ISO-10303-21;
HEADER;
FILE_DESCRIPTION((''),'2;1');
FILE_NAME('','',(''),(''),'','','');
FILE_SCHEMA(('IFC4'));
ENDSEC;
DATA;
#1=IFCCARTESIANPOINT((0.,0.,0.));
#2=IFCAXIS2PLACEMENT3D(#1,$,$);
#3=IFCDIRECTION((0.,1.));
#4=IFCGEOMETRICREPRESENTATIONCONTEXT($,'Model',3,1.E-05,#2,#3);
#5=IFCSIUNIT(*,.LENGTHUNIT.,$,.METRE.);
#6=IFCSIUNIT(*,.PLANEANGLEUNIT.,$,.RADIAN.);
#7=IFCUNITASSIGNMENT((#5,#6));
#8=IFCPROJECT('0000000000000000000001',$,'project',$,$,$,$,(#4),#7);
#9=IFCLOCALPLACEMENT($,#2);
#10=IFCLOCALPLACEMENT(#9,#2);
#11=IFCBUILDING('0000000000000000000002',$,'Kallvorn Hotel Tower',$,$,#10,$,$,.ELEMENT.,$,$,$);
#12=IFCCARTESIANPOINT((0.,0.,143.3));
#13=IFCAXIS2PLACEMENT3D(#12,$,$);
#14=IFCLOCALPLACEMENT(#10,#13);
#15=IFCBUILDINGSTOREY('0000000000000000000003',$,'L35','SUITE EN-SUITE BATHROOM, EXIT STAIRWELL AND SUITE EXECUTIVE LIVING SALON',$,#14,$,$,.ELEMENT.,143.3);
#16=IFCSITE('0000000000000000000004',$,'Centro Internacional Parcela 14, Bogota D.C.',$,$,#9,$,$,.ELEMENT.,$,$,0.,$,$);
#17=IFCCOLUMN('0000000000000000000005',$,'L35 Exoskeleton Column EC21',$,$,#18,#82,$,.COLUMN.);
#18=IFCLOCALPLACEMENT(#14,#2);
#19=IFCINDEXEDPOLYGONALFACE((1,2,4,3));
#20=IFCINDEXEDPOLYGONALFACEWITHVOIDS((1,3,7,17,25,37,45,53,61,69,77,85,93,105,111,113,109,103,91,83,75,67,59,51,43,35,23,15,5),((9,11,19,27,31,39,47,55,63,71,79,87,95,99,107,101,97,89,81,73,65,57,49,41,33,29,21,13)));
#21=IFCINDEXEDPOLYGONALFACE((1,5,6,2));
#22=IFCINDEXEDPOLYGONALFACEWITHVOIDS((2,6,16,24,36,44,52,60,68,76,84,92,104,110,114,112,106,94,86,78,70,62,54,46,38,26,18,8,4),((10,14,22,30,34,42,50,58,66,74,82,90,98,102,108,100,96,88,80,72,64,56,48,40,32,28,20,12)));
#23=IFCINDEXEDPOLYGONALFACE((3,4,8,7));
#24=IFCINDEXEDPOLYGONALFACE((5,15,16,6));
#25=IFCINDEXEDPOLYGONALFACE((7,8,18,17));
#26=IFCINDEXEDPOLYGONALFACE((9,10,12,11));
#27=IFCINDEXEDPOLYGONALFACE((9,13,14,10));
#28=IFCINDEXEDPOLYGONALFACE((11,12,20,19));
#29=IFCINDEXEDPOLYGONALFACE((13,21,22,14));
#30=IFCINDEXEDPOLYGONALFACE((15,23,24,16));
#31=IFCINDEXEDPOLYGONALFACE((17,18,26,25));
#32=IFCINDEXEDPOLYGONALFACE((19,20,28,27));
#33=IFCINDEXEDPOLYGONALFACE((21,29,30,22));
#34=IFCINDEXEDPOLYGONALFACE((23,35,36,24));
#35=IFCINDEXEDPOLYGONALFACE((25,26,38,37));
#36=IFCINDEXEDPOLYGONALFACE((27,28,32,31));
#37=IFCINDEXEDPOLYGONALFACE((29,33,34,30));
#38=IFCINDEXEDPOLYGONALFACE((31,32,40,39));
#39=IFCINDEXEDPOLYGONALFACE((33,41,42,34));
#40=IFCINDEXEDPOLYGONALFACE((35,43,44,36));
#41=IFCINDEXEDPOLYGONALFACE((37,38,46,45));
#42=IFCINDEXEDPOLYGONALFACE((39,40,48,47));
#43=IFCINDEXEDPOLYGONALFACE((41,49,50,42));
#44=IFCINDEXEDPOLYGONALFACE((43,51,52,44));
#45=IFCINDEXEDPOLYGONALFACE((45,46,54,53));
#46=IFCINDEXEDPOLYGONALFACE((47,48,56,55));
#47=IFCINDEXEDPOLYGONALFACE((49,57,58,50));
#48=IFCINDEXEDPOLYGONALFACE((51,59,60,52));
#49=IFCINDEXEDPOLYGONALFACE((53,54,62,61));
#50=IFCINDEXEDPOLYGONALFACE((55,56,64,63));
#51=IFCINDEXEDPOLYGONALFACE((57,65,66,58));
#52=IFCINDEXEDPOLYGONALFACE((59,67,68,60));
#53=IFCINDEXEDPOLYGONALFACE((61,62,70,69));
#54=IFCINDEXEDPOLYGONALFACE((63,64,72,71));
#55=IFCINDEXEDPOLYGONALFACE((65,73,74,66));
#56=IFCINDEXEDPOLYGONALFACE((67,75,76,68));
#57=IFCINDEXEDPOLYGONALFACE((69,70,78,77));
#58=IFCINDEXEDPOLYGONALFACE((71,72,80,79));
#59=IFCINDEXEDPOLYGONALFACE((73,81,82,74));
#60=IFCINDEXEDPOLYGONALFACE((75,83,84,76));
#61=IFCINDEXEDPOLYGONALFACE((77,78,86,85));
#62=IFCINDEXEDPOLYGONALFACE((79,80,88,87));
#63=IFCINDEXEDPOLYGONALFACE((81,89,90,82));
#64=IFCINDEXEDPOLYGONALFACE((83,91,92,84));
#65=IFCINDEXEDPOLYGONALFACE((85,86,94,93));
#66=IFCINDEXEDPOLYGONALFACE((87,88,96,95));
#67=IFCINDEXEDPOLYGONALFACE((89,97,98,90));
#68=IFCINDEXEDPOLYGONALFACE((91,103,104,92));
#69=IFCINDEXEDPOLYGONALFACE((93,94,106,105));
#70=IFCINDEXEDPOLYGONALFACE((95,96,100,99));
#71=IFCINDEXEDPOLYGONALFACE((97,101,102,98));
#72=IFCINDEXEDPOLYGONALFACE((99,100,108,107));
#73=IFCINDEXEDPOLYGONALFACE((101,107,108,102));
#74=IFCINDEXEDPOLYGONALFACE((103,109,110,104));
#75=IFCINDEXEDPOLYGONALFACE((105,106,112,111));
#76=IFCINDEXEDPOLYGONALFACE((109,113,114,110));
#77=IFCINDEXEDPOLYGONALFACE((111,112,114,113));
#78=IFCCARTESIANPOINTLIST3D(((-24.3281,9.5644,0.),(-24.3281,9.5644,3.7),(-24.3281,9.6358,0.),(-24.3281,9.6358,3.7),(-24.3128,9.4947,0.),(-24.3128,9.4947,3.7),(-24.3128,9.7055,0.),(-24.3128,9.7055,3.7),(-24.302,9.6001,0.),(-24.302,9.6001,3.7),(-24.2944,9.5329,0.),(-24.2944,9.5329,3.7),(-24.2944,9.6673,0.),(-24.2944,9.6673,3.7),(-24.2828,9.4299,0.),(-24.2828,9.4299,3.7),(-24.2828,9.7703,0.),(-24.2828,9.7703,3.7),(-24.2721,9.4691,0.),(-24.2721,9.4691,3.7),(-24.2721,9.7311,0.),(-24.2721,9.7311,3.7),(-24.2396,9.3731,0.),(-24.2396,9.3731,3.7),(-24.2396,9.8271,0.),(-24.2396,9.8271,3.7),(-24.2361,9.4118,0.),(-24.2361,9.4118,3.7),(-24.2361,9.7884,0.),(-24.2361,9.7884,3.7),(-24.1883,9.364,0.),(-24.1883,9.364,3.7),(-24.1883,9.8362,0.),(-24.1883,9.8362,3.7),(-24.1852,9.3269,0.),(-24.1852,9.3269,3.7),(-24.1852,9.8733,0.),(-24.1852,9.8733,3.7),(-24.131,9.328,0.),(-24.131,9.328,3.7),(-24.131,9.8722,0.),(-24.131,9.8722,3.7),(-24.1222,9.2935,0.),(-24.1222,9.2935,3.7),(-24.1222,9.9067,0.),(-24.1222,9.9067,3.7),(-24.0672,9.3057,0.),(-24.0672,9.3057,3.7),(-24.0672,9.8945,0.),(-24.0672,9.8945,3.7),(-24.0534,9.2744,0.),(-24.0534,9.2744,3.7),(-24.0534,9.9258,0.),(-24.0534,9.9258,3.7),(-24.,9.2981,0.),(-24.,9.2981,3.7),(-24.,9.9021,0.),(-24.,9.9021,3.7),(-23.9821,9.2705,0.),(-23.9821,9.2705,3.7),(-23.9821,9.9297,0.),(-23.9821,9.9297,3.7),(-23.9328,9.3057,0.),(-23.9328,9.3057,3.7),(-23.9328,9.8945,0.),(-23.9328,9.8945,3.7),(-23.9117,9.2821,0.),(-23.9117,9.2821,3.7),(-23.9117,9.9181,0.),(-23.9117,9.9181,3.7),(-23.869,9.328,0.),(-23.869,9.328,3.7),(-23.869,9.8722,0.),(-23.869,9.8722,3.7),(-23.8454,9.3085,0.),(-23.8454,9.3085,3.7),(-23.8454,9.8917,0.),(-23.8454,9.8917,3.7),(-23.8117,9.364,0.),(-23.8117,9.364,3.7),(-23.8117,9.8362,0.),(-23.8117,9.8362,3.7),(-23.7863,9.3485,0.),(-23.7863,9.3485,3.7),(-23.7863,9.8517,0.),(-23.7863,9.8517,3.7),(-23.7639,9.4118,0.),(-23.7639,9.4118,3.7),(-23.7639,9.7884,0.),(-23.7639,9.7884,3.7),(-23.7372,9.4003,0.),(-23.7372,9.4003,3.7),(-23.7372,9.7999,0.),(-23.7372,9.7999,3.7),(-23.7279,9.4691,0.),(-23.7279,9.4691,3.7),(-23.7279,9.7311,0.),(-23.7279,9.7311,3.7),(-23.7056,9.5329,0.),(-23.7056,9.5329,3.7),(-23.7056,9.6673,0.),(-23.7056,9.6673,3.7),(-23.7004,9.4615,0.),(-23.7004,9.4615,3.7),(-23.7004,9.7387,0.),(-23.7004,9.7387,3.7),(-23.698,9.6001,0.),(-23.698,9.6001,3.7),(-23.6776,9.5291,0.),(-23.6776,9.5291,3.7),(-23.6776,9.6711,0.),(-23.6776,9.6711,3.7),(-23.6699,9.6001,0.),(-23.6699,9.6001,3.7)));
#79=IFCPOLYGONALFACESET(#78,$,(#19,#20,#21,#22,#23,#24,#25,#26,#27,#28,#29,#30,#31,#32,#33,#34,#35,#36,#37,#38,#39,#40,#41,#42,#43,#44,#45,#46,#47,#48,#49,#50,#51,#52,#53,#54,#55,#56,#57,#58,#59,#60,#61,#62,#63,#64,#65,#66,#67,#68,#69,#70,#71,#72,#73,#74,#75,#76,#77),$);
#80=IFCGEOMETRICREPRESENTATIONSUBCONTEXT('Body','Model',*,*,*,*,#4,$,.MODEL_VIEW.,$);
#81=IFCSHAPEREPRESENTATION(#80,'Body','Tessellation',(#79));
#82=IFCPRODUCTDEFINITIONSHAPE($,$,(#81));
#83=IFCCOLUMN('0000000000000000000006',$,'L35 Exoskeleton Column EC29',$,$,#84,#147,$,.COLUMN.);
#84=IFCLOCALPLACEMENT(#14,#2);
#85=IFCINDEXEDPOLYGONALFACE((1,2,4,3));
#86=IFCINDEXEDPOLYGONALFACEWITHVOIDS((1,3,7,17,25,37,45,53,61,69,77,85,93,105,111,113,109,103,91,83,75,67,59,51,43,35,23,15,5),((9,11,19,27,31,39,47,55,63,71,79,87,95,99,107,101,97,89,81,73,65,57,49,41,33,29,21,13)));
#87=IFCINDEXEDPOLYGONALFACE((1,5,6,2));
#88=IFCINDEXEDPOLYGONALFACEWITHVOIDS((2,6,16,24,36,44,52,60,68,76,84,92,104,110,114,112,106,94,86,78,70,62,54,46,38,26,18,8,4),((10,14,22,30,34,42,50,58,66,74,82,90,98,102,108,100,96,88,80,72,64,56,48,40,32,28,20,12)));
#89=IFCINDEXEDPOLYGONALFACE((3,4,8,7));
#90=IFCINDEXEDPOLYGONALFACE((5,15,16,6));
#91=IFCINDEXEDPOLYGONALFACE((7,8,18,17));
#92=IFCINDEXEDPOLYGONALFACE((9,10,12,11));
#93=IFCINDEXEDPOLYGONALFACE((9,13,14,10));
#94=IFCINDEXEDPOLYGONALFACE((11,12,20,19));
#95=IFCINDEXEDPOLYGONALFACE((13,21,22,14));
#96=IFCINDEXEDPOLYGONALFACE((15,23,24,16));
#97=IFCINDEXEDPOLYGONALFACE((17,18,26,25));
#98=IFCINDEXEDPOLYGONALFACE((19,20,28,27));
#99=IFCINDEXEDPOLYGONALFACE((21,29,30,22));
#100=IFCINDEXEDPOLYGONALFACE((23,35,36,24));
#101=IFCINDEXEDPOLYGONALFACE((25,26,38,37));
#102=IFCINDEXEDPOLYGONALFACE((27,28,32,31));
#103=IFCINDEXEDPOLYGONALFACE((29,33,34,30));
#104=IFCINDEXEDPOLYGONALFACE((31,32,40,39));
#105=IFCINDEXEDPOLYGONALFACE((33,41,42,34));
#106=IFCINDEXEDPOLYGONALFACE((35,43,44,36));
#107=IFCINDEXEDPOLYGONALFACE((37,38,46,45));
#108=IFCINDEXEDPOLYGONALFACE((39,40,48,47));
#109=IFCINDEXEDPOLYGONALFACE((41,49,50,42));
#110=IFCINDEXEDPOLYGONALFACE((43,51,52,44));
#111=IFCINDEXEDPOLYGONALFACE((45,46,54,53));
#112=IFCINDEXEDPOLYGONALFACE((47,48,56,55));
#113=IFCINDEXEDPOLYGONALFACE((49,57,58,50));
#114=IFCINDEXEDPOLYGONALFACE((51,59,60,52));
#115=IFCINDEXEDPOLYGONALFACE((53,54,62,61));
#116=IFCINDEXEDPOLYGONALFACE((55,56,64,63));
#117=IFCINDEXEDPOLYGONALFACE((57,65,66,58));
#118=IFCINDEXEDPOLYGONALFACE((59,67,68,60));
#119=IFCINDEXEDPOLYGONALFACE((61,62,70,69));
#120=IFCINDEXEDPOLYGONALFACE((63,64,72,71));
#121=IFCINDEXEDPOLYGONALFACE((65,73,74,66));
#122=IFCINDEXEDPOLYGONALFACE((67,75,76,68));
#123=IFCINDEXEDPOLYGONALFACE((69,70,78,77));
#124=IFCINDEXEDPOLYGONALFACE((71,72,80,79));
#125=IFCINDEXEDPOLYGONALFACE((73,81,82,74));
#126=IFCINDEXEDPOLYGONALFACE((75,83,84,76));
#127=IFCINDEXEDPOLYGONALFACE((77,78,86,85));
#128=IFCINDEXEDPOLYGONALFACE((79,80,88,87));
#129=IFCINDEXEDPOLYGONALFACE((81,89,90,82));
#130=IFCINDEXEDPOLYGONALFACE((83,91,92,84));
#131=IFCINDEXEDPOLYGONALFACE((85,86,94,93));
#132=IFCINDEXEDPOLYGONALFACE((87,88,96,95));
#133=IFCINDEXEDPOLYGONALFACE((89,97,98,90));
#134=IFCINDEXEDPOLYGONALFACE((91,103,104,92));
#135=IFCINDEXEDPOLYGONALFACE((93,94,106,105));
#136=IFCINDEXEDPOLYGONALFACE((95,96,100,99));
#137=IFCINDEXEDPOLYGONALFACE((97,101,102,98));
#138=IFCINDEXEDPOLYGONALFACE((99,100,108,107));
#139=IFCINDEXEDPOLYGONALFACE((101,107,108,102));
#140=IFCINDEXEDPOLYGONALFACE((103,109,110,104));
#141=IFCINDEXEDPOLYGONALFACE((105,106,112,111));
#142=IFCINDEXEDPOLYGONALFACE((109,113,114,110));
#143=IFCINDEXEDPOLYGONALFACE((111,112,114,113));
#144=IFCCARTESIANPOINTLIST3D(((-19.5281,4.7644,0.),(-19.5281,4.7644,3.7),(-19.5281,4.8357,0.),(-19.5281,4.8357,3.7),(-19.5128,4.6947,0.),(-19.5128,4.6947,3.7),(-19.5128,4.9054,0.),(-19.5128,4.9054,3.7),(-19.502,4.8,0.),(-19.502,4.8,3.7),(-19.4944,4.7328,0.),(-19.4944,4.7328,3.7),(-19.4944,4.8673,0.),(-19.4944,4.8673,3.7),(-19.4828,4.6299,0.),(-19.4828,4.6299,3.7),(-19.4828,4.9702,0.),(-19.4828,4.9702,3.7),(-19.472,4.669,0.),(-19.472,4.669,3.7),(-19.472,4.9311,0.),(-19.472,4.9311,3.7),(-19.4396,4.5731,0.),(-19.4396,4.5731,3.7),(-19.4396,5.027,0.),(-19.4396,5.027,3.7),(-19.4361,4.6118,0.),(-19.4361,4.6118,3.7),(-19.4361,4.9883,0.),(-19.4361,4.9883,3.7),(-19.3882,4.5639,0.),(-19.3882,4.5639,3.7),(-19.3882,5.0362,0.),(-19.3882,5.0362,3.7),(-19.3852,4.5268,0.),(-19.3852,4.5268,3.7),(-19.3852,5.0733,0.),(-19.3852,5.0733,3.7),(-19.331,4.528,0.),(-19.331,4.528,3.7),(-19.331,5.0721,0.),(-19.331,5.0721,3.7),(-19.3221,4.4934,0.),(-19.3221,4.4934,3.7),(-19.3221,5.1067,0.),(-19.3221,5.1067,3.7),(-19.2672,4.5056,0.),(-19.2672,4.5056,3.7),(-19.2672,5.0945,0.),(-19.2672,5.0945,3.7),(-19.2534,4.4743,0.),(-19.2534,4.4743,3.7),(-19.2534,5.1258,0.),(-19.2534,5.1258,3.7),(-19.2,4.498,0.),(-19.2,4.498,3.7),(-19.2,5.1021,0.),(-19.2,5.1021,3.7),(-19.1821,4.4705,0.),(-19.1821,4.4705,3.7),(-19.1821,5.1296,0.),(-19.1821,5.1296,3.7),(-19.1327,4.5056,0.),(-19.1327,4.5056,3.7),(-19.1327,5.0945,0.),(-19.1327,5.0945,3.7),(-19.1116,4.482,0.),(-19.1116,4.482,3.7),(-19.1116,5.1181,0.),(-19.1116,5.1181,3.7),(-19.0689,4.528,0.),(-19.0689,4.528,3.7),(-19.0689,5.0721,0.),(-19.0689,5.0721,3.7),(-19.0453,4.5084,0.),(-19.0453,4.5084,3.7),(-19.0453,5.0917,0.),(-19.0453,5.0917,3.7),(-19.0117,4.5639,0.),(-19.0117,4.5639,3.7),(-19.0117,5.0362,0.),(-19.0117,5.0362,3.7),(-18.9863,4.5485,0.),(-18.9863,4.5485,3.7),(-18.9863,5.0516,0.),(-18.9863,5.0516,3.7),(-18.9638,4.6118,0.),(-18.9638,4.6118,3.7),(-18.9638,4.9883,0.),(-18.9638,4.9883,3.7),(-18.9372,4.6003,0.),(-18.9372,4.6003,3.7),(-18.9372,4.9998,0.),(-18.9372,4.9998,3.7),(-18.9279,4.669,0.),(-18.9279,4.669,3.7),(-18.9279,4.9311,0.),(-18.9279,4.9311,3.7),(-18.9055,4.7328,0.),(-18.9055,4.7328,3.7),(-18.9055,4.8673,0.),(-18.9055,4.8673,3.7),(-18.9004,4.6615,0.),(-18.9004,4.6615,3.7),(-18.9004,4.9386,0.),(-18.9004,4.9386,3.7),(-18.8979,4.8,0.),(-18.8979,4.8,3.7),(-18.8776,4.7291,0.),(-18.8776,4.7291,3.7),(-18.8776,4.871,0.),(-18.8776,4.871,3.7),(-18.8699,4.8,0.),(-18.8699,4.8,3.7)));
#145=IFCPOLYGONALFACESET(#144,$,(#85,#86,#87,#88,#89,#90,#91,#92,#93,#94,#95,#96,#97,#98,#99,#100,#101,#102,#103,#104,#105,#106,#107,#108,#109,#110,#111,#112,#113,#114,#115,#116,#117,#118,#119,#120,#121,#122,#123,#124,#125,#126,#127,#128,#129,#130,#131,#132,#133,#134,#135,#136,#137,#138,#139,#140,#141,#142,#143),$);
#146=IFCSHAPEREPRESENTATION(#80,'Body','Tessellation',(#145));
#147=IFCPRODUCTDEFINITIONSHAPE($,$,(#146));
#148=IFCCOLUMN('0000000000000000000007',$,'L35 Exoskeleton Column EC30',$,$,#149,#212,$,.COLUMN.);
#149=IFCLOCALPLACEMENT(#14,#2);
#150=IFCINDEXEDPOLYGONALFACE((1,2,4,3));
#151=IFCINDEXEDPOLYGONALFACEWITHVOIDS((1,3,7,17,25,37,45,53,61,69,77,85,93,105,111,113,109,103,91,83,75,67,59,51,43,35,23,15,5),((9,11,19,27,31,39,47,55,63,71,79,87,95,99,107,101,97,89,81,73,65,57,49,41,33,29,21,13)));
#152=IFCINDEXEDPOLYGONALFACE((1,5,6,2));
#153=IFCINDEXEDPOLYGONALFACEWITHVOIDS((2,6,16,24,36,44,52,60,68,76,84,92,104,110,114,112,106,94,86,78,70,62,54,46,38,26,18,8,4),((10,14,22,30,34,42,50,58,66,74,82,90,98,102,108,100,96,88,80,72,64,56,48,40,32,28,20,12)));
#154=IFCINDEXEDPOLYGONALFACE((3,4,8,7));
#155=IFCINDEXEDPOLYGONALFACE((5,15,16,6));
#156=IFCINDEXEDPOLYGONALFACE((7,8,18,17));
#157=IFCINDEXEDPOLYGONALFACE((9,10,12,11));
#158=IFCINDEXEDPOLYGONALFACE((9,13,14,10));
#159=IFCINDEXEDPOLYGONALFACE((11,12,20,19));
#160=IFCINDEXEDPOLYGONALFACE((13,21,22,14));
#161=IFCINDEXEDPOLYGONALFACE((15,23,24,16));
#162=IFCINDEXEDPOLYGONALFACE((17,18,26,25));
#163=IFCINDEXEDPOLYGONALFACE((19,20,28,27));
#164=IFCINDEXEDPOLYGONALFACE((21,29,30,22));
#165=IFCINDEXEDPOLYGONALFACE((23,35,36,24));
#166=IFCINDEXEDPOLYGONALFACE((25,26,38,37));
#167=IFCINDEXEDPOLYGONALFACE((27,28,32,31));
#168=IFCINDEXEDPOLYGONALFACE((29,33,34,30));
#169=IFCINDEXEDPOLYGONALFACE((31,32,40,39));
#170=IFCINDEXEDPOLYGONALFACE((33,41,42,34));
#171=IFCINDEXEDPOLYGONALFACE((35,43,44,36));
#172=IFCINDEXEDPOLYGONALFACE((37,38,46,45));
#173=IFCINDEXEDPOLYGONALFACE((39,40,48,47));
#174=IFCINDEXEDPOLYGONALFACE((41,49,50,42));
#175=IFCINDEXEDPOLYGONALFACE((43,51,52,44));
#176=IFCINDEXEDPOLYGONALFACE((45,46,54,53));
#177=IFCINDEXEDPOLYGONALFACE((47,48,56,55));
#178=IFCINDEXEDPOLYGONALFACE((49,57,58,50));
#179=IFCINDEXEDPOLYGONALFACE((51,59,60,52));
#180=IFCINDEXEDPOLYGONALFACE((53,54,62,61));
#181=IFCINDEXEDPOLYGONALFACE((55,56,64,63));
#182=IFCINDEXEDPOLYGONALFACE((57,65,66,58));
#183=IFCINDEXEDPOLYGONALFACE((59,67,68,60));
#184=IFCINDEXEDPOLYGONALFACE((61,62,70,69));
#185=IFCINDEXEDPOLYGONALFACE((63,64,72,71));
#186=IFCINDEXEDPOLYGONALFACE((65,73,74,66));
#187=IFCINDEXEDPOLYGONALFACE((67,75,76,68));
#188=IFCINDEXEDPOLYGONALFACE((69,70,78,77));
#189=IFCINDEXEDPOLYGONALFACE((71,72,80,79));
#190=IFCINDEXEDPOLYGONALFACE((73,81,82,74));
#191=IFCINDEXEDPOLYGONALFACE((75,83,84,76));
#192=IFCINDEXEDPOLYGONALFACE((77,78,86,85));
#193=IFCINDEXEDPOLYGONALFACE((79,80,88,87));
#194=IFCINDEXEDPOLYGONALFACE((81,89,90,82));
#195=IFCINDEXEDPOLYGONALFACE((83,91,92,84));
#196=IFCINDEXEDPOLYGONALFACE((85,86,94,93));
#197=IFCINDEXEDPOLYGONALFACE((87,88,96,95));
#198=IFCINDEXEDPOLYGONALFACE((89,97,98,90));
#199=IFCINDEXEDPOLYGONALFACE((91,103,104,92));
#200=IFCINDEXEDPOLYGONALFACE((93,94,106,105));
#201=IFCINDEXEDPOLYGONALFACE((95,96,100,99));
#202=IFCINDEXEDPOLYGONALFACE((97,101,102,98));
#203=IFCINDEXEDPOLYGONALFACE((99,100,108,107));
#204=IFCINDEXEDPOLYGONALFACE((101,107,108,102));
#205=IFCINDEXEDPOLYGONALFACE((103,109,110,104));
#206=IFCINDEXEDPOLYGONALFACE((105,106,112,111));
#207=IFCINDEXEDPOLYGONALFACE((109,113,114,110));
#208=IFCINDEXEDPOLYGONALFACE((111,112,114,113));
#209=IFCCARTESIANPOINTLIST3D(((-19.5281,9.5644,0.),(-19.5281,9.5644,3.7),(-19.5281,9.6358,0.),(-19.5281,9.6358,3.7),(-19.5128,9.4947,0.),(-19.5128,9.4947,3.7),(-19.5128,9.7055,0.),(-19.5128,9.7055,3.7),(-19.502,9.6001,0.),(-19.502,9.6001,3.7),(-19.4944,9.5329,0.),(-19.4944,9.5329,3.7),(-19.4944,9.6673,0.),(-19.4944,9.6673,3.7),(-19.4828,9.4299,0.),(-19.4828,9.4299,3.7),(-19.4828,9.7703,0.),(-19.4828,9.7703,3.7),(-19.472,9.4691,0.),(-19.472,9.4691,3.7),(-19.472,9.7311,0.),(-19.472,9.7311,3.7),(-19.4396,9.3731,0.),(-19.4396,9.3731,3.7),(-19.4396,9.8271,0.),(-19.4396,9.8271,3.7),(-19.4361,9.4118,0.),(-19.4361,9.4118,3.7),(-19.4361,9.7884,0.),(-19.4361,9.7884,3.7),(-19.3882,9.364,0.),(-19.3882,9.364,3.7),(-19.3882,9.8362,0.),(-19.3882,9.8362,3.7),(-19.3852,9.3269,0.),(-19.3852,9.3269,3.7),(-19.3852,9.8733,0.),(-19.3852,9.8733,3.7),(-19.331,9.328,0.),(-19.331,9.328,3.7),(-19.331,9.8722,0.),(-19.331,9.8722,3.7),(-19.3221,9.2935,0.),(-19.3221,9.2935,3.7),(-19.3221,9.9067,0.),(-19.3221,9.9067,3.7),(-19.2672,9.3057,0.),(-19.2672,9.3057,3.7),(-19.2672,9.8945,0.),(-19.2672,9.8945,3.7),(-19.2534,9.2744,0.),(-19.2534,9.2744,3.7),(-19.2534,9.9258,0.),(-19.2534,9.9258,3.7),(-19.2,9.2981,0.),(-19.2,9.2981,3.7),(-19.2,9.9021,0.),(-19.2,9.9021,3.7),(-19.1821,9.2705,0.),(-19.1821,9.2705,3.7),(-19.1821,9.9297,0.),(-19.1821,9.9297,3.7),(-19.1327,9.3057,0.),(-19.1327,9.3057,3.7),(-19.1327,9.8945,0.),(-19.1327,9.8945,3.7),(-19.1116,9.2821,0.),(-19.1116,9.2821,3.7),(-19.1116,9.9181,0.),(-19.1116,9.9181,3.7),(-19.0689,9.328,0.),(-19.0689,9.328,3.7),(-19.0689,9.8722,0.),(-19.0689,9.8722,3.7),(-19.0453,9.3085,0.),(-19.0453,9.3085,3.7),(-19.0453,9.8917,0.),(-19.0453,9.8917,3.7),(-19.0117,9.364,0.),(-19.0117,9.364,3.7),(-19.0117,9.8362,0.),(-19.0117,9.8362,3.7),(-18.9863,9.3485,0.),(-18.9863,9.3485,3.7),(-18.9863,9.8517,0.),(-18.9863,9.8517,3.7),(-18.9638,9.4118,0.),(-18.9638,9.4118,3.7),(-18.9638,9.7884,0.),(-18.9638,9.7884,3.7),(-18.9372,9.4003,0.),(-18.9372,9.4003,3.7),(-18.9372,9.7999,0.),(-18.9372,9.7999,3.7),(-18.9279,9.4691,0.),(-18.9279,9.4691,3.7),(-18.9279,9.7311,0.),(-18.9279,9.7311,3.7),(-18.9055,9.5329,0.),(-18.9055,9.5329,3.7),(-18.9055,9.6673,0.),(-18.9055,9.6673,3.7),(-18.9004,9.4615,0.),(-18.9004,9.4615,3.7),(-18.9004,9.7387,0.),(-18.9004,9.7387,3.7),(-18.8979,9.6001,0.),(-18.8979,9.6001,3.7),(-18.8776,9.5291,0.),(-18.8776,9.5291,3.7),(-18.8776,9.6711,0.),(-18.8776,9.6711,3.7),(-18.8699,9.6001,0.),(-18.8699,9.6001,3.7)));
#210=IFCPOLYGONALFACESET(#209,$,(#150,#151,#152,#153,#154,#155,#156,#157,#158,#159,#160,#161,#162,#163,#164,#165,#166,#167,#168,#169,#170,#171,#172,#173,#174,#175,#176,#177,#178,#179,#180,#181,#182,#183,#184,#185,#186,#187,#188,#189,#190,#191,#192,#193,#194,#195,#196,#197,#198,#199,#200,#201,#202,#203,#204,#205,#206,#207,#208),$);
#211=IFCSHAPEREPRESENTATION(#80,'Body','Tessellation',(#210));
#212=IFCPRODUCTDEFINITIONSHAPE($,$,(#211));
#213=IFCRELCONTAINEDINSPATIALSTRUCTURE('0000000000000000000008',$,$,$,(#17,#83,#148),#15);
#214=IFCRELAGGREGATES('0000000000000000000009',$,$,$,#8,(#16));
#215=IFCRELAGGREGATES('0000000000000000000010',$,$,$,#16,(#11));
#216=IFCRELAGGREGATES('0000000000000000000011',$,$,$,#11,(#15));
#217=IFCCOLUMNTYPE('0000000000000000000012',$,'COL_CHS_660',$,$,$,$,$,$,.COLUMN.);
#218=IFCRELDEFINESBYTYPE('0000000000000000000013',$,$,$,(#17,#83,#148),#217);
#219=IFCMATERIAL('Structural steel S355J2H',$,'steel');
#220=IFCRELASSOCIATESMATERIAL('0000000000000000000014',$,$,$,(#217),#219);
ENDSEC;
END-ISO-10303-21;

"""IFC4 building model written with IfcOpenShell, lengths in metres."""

from ifc_helpers import new_model, si_unit, direction, frame, origin, origin_2d, place, context, subcontext, project, spatial, hollow_circle, extrude, material, material_profile, profile_set, type_object, element, save


model = new_model("IFC4")

# Units and contexts
model_context = context("Model", 3, precision=1e-05, world=origin(), true_north=direction((0.0, 1.0)))
body_context = subcontext(model_context, "Body", "Model", "MODEL_VIEW")
ifc_project = project(units=[si_unit("LENGTHUNIT", "METRE"), si_unit("PLANEANGLEUNIT", "RADIAN")], contexts=[model_context])

# Site, building, storey
site_placement = place(None, origin())
site = spatial("IfcSite", under=ifc_project, at=site_placement, Name="Centro Internacional Parcela 14, Bogota D.C.", CompositionType="ELEMENT", RefElevation=0.0)
building_placement = place(site_placement, origin())
building = spatial("IfcBuilding", under=site, at=building_placement, Name="Kallvorn Hotel Tower", CompositionType="ELEMENT")
storey_placement = place(building_placement, frame((0.0, 0.0, 143.3)))
storey = spatial("IfcBuildingStorey", under=building, at=storey_placement, Name="L35", Description="SUITE EN-SUITE BATHROOM, EXIT STAIRWELL AND SUITE EXECUTIVE LIVING SALON", CompositionType="ELEMENT", Elevation=143.3)

# Columns
ifc_material_1 = material(Name="Structural steel S355J2H", Category="steel")
ifc_material_profile_1 = material_profile(ifc_material_1, hollow_circle(Radius=0.3301, WallThickness=0.0281, at=origin_2d()), Name="CHS 660x28")
ifc_profile_set_1 = profile_set([ifc_material_profile_1], Name="Structural steel S355J2H")
column_type_1 = type_object("IfcColumnType", Name="COL_CHS_660", PredefinedType="COLUMN", material=ifc_profile_set_1)
for number, where, z_axis, x_axis, name in (
    (1, (-24.0, 9.6001, 0.0), (0.0, 0.0, 1.0), (1.0, 0.0, 0.0), "L35 Exoskeleton Column EC21"),
    (2, (-19.2, 4.8, 0.0), (0.0, 0.0, 1.0), (1.0, 0.0, 0.0), "L35 Exoskeleton Column EC29"),
    (3, (-19.2, 9.6001, 0.0), (0.0, 0.0, 1.0), (1.0, 0.0, 0.0), "L35 Exoskeleton Column EC30"),
):
    element("IfcColumn", number, at=place(storey_placement, frame(where, z_axis=z_axis, x_axis=x_axis)), inside=storey, type_object=column_type_1, Name=name, PredefinedType="COLUMN", context=body_context, shape_type="SweptSolid", body=[
        extrude(hollow_circle(Radius=0.3301, WallThickness=0.0281, at=origin_2d()), origin(), (0.0, 0.0, 1.0), 3.7),
    ])

save(model, "model.ifc")
